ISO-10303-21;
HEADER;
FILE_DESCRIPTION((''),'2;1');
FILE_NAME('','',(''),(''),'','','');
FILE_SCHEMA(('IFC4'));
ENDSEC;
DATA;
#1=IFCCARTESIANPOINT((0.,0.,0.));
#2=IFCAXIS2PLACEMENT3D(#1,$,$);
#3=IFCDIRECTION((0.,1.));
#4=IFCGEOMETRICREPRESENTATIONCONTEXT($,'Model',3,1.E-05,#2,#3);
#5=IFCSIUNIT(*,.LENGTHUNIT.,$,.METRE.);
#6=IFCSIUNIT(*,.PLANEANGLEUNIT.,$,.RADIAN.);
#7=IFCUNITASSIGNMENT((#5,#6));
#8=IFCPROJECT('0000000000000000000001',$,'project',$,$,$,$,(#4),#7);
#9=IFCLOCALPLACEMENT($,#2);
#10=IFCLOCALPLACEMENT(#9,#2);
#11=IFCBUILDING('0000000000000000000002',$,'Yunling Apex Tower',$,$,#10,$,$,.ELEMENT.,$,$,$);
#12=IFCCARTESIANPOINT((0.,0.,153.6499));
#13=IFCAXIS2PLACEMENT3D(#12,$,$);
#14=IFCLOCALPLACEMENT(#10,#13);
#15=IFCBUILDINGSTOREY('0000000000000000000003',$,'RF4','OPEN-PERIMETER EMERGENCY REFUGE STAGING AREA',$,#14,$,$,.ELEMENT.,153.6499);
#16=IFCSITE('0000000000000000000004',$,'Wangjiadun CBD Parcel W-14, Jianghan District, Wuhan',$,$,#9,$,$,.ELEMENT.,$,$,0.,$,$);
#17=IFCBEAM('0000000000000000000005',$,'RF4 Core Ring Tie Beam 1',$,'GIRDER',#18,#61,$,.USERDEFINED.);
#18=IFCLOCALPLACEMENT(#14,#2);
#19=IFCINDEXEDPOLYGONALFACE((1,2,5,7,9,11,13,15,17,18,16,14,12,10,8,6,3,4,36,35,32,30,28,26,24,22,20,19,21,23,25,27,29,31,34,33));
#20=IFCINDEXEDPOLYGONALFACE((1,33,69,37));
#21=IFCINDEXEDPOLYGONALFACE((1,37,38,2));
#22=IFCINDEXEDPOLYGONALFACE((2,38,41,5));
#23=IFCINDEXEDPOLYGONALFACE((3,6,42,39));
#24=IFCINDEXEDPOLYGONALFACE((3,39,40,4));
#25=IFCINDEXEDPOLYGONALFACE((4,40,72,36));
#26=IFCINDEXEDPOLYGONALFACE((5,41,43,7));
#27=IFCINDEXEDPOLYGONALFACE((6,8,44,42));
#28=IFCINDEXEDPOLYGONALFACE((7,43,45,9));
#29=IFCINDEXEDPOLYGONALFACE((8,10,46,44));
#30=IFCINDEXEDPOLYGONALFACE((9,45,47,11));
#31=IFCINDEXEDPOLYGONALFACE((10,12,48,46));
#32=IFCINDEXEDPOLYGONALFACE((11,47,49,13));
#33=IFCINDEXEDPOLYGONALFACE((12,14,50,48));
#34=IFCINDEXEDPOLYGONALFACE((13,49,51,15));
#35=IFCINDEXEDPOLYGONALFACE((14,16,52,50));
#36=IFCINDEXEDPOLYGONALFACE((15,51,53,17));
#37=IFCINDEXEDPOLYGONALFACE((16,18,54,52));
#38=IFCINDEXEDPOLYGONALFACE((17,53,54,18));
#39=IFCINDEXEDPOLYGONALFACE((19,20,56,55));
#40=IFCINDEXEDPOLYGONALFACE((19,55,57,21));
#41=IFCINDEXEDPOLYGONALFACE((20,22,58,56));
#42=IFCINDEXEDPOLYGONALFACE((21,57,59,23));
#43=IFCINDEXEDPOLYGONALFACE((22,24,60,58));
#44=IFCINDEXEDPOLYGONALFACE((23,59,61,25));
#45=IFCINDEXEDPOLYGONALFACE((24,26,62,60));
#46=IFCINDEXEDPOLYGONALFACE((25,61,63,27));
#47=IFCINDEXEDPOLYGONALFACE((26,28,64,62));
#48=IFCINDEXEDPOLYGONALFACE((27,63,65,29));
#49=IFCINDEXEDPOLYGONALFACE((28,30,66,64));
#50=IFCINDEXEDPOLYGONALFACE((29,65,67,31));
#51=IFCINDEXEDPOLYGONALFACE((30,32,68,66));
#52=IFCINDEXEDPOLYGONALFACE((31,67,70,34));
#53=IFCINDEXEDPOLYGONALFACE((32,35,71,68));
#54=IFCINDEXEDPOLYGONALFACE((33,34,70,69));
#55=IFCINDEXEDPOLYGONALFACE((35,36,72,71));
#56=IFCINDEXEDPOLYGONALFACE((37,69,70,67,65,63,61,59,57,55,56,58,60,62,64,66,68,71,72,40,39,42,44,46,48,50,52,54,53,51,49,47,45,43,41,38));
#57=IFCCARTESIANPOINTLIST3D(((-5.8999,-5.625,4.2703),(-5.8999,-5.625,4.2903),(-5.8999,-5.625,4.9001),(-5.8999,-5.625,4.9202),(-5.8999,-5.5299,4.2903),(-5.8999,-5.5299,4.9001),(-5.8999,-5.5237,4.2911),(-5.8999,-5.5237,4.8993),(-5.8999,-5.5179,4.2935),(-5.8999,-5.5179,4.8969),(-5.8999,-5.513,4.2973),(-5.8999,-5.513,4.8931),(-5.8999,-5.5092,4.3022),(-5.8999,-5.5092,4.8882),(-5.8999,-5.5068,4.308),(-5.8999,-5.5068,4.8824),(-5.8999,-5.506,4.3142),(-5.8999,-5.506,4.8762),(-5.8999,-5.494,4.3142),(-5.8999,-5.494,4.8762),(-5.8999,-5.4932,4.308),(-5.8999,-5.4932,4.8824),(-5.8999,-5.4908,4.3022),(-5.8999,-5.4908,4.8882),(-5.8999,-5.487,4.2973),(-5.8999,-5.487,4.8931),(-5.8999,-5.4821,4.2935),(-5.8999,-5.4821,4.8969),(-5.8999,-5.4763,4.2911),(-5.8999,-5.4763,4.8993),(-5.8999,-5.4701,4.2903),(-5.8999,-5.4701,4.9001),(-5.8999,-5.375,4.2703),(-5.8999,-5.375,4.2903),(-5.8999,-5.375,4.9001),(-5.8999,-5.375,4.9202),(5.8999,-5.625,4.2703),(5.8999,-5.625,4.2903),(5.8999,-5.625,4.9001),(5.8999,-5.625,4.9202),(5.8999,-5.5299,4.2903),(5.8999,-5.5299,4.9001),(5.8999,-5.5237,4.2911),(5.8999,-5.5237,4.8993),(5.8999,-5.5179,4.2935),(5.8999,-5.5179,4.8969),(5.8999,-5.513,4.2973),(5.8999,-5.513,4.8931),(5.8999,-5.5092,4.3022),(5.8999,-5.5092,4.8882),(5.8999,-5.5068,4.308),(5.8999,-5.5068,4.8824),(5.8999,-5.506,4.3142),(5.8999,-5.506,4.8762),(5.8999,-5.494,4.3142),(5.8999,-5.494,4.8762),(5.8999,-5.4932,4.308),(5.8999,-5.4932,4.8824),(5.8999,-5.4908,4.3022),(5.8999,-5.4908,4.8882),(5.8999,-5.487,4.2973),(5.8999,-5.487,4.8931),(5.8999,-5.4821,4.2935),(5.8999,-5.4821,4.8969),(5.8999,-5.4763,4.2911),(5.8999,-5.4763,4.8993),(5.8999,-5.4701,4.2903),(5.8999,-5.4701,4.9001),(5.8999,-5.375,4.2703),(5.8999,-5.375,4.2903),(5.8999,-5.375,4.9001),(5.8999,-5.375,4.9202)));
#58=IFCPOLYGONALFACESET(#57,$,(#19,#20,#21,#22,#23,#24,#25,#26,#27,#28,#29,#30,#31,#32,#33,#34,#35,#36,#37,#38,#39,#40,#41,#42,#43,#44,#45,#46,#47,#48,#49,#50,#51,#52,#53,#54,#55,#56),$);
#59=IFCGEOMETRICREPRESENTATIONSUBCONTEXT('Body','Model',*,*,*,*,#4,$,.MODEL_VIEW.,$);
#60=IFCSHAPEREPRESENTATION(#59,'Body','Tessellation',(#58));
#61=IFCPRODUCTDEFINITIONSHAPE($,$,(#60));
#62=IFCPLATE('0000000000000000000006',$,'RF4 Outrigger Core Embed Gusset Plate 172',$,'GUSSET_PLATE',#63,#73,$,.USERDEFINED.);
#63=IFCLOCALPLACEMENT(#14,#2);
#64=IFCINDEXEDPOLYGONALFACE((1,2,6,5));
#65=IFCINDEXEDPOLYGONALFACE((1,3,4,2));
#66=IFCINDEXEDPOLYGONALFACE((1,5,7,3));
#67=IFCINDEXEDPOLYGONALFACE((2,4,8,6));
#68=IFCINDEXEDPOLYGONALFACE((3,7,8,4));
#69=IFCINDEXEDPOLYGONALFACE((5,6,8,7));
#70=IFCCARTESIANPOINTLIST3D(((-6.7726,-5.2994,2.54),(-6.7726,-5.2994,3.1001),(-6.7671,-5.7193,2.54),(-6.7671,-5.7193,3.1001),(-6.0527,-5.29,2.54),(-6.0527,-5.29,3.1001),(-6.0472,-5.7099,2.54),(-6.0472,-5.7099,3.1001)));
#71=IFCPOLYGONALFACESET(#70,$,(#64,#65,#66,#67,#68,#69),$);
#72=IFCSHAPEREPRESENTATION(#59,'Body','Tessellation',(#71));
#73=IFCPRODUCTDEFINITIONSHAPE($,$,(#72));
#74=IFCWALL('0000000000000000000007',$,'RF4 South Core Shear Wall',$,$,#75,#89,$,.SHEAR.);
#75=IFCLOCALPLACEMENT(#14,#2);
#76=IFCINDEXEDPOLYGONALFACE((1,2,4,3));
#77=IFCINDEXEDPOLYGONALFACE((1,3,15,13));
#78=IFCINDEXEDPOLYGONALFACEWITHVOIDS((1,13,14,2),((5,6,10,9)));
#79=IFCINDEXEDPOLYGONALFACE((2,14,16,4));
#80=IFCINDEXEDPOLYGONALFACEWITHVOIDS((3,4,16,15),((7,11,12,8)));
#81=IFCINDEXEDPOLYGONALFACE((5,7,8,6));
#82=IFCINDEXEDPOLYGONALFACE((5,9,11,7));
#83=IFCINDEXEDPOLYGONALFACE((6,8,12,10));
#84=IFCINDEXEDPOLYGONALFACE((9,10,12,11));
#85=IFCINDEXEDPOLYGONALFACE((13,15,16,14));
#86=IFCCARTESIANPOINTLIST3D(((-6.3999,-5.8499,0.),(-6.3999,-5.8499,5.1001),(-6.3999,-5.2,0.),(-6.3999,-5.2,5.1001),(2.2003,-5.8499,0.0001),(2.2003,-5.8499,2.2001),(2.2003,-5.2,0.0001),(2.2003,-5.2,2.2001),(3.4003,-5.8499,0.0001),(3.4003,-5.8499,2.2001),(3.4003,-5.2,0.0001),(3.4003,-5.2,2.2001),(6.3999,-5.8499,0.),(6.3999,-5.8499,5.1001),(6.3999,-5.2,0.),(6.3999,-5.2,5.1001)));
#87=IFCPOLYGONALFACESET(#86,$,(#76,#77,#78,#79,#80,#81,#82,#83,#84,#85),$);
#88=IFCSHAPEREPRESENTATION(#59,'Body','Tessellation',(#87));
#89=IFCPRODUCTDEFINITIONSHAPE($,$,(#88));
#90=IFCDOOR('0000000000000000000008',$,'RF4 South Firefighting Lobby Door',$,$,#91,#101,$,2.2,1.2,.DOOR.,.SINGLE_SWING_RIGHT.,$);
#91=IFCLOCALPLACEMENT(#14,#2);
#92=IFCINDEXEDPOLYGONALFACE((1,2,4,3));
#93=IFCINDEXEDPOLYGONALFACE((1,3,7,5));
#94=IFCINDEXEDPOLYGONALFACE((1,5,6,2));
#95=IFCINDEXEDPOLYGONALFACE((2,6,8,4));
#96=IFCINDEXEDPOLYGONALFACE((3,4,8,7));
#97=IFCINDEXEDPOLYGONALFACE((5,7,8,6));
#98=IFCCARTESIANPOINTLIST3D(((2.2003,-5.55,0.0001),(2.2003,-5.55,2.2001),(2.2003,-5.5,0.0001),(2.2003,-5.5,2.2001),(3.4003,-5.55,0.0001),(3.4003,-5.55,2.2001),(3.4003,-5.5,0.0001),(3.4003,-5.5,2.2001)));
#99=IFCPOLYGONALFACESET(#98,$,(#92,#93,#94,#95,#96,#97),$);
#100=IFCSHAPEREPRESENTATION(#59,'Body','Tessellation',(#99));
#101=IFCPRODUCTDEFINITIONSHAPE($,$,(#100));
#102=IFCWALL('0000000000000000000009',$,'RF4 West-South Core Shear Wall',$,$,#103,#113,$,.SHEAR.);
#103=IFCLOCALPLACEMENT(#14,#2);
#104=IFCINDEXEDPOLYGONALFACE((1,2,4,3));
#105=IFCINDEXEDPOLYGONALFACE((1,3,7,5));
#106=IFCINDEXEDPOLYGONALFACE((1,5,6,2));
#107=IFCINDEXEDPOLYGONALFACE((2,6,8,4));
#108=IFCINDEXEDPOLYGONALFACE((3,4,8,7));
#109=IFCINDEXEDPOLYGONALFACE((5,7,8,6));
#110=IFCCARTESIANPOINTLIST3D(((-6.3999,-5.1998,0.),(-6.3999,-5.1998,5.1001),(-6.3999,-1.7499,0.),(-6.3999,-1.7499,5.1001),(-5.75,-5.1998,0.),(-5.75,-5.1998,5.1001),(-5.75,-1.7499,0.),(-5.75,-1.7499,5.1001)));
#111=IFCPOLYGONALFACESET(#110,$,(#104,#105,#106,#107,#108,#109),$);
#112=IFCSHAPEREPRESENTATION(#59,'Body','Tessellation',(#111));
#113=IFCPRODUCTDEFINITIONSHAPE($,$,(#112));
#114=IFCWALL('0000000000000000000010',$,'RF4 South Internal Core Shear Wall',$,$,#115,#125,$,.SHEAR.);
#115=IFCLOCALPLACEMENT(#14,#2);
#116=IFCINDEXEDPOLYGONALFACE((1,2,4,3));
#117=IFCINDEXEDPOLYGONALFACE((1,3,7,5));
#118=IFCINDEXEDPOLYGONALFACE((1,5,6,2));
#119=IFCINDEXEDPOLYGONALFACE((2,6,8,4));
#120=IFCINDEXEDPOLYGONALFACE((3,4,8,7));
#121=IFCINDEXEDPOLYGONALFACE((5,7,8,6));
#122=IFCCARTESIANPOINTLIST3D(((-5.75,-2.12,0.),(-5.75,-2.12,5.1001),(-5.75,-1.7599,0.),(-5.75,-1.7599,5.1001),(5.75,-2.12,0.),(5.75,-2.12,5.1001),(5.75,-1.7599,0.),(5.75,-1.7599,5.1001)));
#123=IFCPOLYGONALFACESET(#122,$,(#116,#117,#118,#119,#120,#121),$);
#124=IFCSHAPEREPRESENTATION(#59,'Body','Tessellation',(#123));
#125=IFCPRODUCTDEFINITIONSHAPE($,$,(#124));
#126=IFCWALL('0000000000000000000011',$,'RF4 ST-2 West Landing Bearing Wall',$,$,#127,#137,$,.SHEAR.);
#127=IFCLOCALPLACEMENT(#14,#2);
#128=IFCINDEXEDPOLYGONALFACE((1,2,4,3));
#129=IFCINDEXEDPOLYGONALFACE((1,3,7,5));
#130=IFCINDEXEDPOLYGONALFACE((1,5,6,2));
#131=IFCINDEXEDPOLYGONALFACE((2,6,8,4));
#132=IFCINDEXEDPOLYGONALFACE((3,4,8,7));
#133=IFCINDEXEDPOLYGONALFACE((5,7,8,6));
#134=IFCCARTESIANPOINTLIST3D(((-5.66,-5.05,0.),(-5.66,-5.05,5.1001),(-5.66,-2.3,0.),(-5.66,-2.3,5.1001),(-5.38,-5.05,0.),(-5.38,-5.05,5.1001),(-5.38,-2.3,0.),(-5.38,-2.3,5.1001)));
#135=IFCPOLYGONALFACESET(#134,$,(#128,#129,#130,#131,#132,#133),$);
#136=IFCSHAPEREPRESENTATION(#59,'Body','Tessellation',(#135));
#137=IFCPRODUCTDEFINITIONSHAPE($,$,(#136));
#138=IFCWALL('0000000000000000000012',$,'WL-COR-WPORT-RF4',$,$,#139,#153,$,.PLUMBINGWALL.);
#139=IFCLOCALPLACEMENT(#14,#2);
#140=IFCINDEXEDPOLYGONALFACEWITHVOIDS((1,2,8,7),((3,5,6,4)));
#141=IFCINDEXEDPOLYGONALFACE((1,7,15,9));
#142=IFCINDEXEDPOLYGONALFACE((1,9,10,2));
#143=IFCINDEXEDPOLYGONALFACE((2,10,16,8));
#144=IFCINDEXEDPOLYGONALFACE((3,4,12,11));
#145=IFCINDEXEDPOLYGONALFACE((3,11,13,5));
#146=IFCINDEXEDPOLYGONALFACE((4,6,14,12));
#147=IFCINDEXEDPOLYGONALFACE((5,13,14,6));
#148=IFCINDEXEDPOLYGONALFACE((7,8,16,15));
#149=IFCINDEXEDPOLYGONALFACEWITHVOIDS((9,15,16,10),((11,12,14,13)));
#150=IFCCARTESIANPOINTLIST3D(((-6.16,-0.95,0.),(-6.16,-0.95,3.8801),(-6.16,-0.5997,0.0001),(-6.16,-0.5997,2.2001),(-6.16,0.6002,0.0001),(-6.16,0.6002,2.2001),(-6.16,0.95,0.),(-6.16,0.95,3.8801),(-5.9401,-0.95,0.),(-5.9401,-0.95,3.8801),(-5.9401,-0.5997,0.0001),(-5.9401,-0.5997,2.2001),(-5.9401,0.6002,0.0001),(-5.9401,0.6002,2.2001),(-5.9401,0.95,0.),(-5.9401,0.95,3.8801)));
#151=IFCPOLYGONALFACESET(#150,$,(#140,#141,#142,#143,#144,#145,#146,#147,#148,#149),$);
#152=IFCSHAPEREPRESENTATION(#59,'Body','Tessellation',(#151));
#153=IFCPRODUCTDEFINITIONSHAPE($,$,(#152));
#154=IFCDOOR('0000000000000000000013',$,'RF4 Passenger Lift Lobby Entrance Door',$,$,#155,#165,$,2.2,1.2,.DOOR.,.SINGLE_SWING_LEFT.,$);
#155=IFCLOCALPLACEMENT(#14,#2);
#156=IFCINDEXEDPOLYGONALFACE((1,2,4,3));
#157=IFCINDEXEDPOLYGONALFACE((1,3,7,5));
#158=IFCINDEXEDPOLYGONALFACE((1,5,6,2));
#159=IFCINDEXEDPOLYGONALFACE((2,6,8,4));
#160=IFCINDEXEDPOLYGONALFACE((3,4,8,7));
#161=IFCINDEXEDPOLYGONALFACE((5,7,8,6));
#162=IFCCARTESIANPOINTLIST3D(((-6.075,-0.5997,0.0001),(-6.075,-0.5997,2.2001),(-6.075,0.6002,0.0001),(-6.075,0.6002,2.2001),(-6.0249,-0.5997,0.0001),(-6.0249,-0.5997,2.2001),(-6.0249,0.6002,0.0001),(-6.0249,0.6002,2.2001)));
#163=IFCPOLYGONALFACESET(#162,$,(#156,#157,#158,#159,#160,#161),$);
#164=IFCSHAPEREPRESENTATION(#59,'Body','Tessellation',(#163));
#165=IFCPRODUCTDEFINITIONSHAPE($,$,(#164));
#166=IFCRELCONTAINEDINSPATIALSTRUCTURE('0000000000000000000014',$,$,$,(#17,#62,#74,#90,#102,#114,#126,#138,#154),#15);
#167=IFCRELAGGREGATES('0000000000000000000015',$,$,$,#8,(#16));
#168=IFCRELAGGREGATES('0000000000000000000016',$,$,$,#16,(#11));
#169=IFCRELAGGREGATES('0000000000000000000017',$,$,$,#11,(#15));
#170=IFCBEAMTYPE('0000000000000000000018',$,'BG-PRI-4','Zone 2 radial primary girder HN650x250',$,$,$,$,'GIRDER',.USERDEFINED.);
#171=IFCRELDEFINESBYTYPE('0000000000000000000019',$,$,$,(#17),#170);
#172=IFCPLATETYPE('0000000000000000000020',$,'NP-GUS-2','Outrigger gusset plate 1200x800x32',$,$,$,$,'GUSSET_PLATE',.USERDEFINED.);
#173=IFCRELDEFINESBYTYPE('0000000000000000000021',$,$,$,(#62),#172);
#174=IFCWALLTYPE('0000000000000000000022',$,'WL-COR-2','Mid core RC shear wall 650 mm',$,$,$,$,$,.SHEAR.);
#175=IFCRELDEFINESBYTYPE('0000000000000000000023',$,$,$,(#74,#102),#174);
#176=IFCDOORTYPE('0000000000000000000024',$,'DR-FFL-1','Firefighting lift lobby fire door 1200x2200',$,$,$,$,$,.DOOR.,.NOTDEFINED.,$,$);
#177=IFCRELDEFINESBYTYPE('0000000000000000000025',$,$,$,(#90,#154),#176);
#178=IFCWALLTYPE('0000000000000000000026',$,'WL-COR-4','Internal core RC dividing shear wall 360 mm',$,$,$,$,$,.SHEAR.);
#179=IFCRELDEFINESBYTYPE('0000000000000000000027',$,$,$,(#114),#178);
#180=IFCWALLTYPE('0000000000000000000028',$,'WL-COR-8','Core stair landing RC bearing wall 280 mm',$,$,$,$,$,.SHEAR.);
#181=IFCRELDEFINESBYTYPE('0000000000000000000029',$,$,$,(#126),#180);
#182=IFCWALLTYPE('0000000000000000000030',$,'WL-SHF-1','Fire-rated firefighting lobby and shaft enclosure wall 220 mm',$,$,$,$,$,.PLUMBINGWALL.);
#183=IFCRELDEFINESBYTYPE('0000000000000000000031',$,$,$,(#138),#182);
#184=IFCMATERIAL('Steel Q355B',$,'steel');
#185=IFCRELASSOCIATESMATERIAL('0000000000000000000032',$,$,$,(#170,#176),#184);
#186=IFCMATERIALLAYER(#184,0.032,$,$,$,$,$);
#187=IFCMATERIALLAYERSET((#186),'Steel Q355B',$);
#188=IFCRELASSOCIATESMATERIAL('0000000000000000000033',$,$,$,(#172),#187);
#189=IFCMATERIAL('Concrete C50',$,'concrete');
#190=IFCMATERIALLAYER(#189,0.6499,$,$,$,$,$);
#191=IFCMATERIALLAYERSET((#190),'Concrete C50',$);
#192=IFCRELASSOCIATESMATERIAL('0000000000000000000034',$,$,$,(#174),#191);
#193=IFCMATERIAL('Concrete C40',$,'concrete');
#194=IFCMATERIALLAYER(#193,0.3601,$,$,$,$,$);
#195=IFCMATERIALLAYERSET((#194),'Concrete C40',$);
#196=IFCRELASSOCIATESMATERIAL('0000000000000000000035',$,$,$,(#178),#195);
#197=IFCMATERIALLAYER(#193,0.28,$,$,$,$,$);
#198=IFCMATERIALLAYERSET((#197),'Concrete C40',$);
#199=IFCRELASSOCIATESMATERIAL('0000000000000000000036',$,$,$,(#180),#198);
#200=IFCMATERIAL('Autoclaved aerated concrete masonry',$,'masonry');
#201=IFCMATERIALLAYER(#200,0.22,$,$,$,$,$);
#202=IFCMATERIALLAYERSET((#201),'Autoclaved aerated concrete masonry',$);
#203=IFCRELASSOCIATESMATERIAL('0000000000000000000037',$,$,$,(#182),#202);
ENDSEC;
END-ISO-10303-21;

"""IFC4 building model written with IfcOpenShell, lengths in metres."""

from ifc_helpers import new_model, si_unit, direction, frame, frame_2d, origin, origin_2d, place, context, subcontext, project, spatial, rectangle, i_section, extrude, source, transform, mapped, material, layer, layer_set, material_profile, profile_set, type_object, element, fill, save


model = new_model("IFC4")

# Units and contexts
model_context = context("Model", 3, precision=1e-05, world=origin(), true_north=direction((0.0, 1.0)))
body_context = subcontext(model_context, "Body", "Model", "MODEL_VIEW")
ifc_project = project(units=[si_unit("LENGTHUNIT", "METRE"), si_unit("PLANEANGLEUNIT", "RADIAN")], contexts=[model_context])

# Site, building, storey
site_placement = place(None, origin())
site = spatial("IfcSite", under=ifc_project, at=site_placement, Name="Wangjiadun CBD Parcel W-14, Jianghan District, Wuhan", CompositionType="ELEMENT", RefElevation=0.0)
building_placement = place(site_placement, origin())
building = spatial("IfcBuilding", under=site, at=building_placement, Name="Yunling Apex Tower", CompositionType="ELEMENT")
storey_placement = place(building_placement, frame((0.0, 0.0, 153.6499)))
storey = spatial("IfcBuildingStorey", under=building, at=storey_placement, Name="RF4", Description="OPEN-PERIMETER EMERGENCY REFUGE STAGING AREA", CompositionType="ELEMENT", Elevation=153.6499)

# Shared definitions
ifc_material_1 = material(Name="Concrete C50", Category="concrete")

# Beam
ifc_material_2 = material(Name="Steel Q355B", Category="steel")
ifc_material_profile_1 = material_profile(ifc_material_2, i_section(OverallWidth=0.25, OverallDepth=0.6499, WebThickness=0.012, FlangeThickness=0.02, FilletRadius=0.0239, at=origin_2d()))
ifc_profile_set_1 = profile_set([ifc_material_profile_1], Name="Steel Q355B")
beam_type_1 = type_object("IfcBeamType", Name="BG-PRI-4", Description="Zone 2 radial primary girder HN650x250", ElementType="GIRDER", PredefinedType="USERDEFINED", material=ifc_profile_set_1)
shared_shape_1 = source(origin(), body_context, "Body", "SweptSolid", [
    extrude(i_section(OverallWidth=0.25, OverallDepth=0.6499, WebThickness=0.012, FlangeThickness=0.02, FilletRadius=0.0239, at=origin_2d()), origin(), (0.0, 0.0, 1.0), 11.7998),
])
beam_1_placement = place(storey_placement, frame((-5.8999, -5.5, 4.5952), z_axis=(1.0, 0.0, 0.0), x_axis=(0.0, 1.0, 0.0)))
element("IfcBeam", 1, at=beam_1_placement, inside=storey, type_object=beam_type_1, Name="RF4 Core Ring Tie Beam 1", ObjectType="GIRDER", PredefinedType="USERDEFINED", context=body_context, shape_type="MappedRepresentation", body=[
    mapped(shared_shape_1, transform((0.0, 0.0, 0.0), scale=1.0)),
])

# Plate
ifc_layer_1 = layer(ifc_material_2, 0.032)
ifc_layer_set_1 = layer_set([ifc_layer_1], Name="Steel Q355B")
plate_type = type_object("IfcPlateType", Name="NP-GUS-2", Description="Outrigger gusset plate 1200x800x32", ElementType="GUSSET_PLATE", PredefinedType="USERDEFINED", material=ifc_layer_set_1)
shared_shape_2 = source(origin(), body_context, "Body", "SweptSolid", [
    extrude(rectangle(XDim=0.72, YDim=0.4199, at=origin_2d()), origin(), (0.0, 0.0, 1.0), 0.5601),
])
plate_placement = place(storey_placement, frame((-6.4099, -5.5046, 2.54), z_axis=(0.0, 0.0, 1.0), x_axis=(-0.999914, -0.01309, 0.0)))
element("IfcPlate", 2, at=plate_placement, inside=storey, type_object=plate_type, Name="RF4 Outrigger Core Embed Gusset Plate 172", ObjectType="GUSSET_PLATE", PredefinedType="USERDEFINED", context=body_context, shape_type="MappedRepresentation", body=[
    mapped(shared_shape_2, transform((0.0, 0.0, 0.0), scale=1.0)),
])

# Wall, opening, door
ifc_layer_2 = layer(ifc_material_1, 0.6499)
ifc_layer_set_2 = layer_set([ifc_layer_2], Name="Concrete C50")
wall_type_1 = type_object("IfcWallType", Name="WL-COR-2", Description="Mid core RC shear wall 650 mm", PredefinedType="SHEAR", material=ifc_layer_set_2)
wall_1_placement = place(storey_placement, frame((-6.3999, -5.5249, 0.0), z_axis=(0.0, 0.0, 1.0), x_axis=(1.0, 0.0, 0.0)))
wall_1 = element("IfcWall", 3, at=wall_1_placement, inside=storey, type_object=wall_type_1, Name="RF4 South Core Shear Wall", PredefinedType="SHEAR", context=body_context, shape_type="SweptSolid", body=[
    extrude(rectangle(XDim=12.7998, YDim=0.6499, at=frame_2d((6.3999, 0.0))), origin(), (0.0, 0.0, 1.0), 5.1001),
])
opening_1_placement = place(wall_1_placement, frame((8.6001, 0.0, 0.0)))
opening_1 = element("IfcOpeningElement", 4, at=opening_1_placement, cuts=wall_1, PredefinedType="OPENING", context=body_context, shape_type="SweptSolid", body=[
    extrude(rectangle(XDim=1.2, YDim=2.2, at=frame_2d((0.6001, 1.1001))), frame((0.0, 0.335, 0.0), z_axis=(0.0, -1.0, 0.0), x_axis=(1.0, 0.0, 0.0)), (0.0, 0.0, 1.0), 0.6699),
])
door_type_1 = type_object("IfcDoorType", Name="DR-FFL-1", Description="Firefighting lift lobby fire door 1200x2200", OperationType="NOTDEFINED", PredefinedType="DOOR", material=ifc_material_2)
door_1_placement = place(opening_1_placement, origin())
door_1 = element("IfcDoor", 5, at=door_1_placement, inside=storey, type_object=door_type_1, Name="RF4 South Firefighting Lobby Door", OperationType="SINGLE_SWING_RIGHT", OverallHeight=2.2, OverallWidth=1.2, PredefinedType="DOOR", context=body_context, shape_type="SweptSolid", body=[
    extrude(rectangle(XDim=1.2, YDim=2.2, at=frame_2d((0.6001, 1.1001))), frame((0.0, 0.0249, 0.0), z_axis=(0.0, -1.0, 0.0), x_axis=(1.0, 0.0, 0.0)), (0.0, 0.0, 1.0), 0.05),
])
fill(opening_1, door_1)

# Walls
wall_2_placement = place(storey_placement, frame((-6.075, -5.2, 0.0), z_axis=(0.0, 0.0, 1.0), x_axis=(0.0, 1.0, 0.0)))
element("IfcWall", 6, at=wall_2_placement, inside=storey, type_object=wall_type_1, Name="RF4 West-South Core Shear Wall", PredefinedType="SHEAR", context=body_context, shape_type="SweptSolid", body=[
    extrude(rectangle(XDim=3.45, YDim=0.6499, at=frame_2d((1.7251, 0.0))), origin(), (0.0, 0.0, 1.0), 5.1001),
])
ifc_material_3 = material(Name="Concrete C40", Category="concrete")
ifc_layer_3 = layer(ifc_material_3, 0.3601)
ifc_layer_set_3 = layer_set([ifc_layer_3], Name="Concrete C40")
wall_type_2 = type_object("IfcWallType", Name="WL-COR-4", Description="Internal core RC dividing shear wall 360 mm", PredefinedType="SHEAR", material=ifc_layer_set_3)
wall_3_placement = place(storey_placement, frame((-5.75, -1.9399, 0.0), z_axis=(0.0, 0.0, 1.0), x_axis=(1.0, 0.0, 0.0)))
element("IfcWall", 7, at=wall_3_placement, inside=storey, type_object=wall_type_2, Name="RF4 South Internal Core Shear Wall", PredefinedType="SHEAR", context=body_context, shape_type="SweptSolid", body=[
    extrude(rectangle(XDim=11.5, YDim=0.3601, at=frame_2d((5.75, 0.0))), origin(), (0.0, 0.0, 1.0), 5.1001),
])
ifc_layer_4 = layer(ifc_material_3, 0.28)
ifc_layer_set_4 = layer_set([ifc_layer_4], Name="Concrete C40")
wall_type_3 = type_object("IfcWallType", Name="WL-COR-8", Description="Core stair landing RC bearing wall 280 mm", PredefinedType="SHEAR", material=ifc_layer_set_4)
wall_4_placement = place(storey_placement, frame((-5.52, -5.05, 0.0), z_axis=(0.0, 0.0, 1.0), x_axis=(0.0, 1.0, 0.0)))
element("IfcWall", 8, at=wall_4_placement, inside=storey, type_object=wall_type_3, Name="RF4 ST-2 West Landing Bearing Wall", PredefinedType="SHEAR", context=body_context, shape_type="SweptSolid", body=[
    extrude(rectangle(XDim=2.75, YDim=0.28, at=frame_2d((1.375, 0.0))), origin(), (0.0, 0.0, 1.0), 5.1001),
])

# Wall, opening, door
ifc_material_4 = material(Name="Autoclaved aerated concrete masonry", Category="masonry")
ifc_layer_5 = layer(ifc_material_4, 0.22)
ifc_layer_set_5 = layer_set([ifc_layer_5], Name="Autoclaved aerated concrete masonry")
wall_type_4 = type_object("IfcWallType", Name="WL-SHF-1", Description="Fire-rated firefighting lobby and shaft enclosure wall 220 mm", PredefinedType="PLUMBINGWALL", material=ifc_layer_set_5)
wall_5_placement = place(storey_placement, frame((-6.05, -0.95, 0.0), z_axis=(0.0, 0.0, 1.0), x_axis=(0.0, 1.0, 0.0)))
wall_5 = element("IfcWall", 9, at=wall_5_placement, inside=storey, type_object=wall_type_4, Name="WL-COR-WPORT-RF4", PredefinedType="PLUMBINGWALL", context=body_context, shape_type="SweptSolid", body=[
    extrude(rectangle(XDim=1.8999, YDim=0.22, at=frame_2d((0.95, 0.0))), origin(), (0.0, 0.0, 1.0), 3.8801),
])
opening_2_placement = place(wall_5_placement, frame((0.3501, 0.0, 0.0)))
opening_2 = element("IfcOpeningElement", 10, at=opening_2_placement, cuts=wall_5, PredefinedType="OPENING", context=body_context, shape_type="SweptSolid", body=[
    extrude(rectangle(XDim=1.2, YDim=2.2, at=frame_2d((0.6001, 1.1001))), frame((0.0, 0.1201, 0.0), z_axis=(0.0, -1.0, 0.0), x_axis=(1.0, 0.0, 0.0)), (0.0, 0.0, 1.0), 0.24),
])
door_2_placement = place(opening_2_placement, origin())
door_2 = element("IfcDoor", 11, at=door_2_placement, inside=storey, type_object=door_type_1, Name="RF4 Passenger Lift Lobby Entrance Door", OperationType="SINGLE_SWING_LEFT", OverallHeight=2.2, OverallWidth=1.2, PredefinedType="DOOR", context=body_context, shape_type="SweptSolid", body=[
    extrude(rectangle(XDim=1.2, YDim=2.2, at=frame_2d((0.6001, 1.1001))), frame((0.0, 0.0249, 0.0), z_axis=(0.0, -1.0, 0.0), x_axis=(1.0, 0.0, 0.0)), (0.0, 0.0, 1.0), 0.05),
])
fill(opening_2, door_2)

save(model, "model.ifc")
